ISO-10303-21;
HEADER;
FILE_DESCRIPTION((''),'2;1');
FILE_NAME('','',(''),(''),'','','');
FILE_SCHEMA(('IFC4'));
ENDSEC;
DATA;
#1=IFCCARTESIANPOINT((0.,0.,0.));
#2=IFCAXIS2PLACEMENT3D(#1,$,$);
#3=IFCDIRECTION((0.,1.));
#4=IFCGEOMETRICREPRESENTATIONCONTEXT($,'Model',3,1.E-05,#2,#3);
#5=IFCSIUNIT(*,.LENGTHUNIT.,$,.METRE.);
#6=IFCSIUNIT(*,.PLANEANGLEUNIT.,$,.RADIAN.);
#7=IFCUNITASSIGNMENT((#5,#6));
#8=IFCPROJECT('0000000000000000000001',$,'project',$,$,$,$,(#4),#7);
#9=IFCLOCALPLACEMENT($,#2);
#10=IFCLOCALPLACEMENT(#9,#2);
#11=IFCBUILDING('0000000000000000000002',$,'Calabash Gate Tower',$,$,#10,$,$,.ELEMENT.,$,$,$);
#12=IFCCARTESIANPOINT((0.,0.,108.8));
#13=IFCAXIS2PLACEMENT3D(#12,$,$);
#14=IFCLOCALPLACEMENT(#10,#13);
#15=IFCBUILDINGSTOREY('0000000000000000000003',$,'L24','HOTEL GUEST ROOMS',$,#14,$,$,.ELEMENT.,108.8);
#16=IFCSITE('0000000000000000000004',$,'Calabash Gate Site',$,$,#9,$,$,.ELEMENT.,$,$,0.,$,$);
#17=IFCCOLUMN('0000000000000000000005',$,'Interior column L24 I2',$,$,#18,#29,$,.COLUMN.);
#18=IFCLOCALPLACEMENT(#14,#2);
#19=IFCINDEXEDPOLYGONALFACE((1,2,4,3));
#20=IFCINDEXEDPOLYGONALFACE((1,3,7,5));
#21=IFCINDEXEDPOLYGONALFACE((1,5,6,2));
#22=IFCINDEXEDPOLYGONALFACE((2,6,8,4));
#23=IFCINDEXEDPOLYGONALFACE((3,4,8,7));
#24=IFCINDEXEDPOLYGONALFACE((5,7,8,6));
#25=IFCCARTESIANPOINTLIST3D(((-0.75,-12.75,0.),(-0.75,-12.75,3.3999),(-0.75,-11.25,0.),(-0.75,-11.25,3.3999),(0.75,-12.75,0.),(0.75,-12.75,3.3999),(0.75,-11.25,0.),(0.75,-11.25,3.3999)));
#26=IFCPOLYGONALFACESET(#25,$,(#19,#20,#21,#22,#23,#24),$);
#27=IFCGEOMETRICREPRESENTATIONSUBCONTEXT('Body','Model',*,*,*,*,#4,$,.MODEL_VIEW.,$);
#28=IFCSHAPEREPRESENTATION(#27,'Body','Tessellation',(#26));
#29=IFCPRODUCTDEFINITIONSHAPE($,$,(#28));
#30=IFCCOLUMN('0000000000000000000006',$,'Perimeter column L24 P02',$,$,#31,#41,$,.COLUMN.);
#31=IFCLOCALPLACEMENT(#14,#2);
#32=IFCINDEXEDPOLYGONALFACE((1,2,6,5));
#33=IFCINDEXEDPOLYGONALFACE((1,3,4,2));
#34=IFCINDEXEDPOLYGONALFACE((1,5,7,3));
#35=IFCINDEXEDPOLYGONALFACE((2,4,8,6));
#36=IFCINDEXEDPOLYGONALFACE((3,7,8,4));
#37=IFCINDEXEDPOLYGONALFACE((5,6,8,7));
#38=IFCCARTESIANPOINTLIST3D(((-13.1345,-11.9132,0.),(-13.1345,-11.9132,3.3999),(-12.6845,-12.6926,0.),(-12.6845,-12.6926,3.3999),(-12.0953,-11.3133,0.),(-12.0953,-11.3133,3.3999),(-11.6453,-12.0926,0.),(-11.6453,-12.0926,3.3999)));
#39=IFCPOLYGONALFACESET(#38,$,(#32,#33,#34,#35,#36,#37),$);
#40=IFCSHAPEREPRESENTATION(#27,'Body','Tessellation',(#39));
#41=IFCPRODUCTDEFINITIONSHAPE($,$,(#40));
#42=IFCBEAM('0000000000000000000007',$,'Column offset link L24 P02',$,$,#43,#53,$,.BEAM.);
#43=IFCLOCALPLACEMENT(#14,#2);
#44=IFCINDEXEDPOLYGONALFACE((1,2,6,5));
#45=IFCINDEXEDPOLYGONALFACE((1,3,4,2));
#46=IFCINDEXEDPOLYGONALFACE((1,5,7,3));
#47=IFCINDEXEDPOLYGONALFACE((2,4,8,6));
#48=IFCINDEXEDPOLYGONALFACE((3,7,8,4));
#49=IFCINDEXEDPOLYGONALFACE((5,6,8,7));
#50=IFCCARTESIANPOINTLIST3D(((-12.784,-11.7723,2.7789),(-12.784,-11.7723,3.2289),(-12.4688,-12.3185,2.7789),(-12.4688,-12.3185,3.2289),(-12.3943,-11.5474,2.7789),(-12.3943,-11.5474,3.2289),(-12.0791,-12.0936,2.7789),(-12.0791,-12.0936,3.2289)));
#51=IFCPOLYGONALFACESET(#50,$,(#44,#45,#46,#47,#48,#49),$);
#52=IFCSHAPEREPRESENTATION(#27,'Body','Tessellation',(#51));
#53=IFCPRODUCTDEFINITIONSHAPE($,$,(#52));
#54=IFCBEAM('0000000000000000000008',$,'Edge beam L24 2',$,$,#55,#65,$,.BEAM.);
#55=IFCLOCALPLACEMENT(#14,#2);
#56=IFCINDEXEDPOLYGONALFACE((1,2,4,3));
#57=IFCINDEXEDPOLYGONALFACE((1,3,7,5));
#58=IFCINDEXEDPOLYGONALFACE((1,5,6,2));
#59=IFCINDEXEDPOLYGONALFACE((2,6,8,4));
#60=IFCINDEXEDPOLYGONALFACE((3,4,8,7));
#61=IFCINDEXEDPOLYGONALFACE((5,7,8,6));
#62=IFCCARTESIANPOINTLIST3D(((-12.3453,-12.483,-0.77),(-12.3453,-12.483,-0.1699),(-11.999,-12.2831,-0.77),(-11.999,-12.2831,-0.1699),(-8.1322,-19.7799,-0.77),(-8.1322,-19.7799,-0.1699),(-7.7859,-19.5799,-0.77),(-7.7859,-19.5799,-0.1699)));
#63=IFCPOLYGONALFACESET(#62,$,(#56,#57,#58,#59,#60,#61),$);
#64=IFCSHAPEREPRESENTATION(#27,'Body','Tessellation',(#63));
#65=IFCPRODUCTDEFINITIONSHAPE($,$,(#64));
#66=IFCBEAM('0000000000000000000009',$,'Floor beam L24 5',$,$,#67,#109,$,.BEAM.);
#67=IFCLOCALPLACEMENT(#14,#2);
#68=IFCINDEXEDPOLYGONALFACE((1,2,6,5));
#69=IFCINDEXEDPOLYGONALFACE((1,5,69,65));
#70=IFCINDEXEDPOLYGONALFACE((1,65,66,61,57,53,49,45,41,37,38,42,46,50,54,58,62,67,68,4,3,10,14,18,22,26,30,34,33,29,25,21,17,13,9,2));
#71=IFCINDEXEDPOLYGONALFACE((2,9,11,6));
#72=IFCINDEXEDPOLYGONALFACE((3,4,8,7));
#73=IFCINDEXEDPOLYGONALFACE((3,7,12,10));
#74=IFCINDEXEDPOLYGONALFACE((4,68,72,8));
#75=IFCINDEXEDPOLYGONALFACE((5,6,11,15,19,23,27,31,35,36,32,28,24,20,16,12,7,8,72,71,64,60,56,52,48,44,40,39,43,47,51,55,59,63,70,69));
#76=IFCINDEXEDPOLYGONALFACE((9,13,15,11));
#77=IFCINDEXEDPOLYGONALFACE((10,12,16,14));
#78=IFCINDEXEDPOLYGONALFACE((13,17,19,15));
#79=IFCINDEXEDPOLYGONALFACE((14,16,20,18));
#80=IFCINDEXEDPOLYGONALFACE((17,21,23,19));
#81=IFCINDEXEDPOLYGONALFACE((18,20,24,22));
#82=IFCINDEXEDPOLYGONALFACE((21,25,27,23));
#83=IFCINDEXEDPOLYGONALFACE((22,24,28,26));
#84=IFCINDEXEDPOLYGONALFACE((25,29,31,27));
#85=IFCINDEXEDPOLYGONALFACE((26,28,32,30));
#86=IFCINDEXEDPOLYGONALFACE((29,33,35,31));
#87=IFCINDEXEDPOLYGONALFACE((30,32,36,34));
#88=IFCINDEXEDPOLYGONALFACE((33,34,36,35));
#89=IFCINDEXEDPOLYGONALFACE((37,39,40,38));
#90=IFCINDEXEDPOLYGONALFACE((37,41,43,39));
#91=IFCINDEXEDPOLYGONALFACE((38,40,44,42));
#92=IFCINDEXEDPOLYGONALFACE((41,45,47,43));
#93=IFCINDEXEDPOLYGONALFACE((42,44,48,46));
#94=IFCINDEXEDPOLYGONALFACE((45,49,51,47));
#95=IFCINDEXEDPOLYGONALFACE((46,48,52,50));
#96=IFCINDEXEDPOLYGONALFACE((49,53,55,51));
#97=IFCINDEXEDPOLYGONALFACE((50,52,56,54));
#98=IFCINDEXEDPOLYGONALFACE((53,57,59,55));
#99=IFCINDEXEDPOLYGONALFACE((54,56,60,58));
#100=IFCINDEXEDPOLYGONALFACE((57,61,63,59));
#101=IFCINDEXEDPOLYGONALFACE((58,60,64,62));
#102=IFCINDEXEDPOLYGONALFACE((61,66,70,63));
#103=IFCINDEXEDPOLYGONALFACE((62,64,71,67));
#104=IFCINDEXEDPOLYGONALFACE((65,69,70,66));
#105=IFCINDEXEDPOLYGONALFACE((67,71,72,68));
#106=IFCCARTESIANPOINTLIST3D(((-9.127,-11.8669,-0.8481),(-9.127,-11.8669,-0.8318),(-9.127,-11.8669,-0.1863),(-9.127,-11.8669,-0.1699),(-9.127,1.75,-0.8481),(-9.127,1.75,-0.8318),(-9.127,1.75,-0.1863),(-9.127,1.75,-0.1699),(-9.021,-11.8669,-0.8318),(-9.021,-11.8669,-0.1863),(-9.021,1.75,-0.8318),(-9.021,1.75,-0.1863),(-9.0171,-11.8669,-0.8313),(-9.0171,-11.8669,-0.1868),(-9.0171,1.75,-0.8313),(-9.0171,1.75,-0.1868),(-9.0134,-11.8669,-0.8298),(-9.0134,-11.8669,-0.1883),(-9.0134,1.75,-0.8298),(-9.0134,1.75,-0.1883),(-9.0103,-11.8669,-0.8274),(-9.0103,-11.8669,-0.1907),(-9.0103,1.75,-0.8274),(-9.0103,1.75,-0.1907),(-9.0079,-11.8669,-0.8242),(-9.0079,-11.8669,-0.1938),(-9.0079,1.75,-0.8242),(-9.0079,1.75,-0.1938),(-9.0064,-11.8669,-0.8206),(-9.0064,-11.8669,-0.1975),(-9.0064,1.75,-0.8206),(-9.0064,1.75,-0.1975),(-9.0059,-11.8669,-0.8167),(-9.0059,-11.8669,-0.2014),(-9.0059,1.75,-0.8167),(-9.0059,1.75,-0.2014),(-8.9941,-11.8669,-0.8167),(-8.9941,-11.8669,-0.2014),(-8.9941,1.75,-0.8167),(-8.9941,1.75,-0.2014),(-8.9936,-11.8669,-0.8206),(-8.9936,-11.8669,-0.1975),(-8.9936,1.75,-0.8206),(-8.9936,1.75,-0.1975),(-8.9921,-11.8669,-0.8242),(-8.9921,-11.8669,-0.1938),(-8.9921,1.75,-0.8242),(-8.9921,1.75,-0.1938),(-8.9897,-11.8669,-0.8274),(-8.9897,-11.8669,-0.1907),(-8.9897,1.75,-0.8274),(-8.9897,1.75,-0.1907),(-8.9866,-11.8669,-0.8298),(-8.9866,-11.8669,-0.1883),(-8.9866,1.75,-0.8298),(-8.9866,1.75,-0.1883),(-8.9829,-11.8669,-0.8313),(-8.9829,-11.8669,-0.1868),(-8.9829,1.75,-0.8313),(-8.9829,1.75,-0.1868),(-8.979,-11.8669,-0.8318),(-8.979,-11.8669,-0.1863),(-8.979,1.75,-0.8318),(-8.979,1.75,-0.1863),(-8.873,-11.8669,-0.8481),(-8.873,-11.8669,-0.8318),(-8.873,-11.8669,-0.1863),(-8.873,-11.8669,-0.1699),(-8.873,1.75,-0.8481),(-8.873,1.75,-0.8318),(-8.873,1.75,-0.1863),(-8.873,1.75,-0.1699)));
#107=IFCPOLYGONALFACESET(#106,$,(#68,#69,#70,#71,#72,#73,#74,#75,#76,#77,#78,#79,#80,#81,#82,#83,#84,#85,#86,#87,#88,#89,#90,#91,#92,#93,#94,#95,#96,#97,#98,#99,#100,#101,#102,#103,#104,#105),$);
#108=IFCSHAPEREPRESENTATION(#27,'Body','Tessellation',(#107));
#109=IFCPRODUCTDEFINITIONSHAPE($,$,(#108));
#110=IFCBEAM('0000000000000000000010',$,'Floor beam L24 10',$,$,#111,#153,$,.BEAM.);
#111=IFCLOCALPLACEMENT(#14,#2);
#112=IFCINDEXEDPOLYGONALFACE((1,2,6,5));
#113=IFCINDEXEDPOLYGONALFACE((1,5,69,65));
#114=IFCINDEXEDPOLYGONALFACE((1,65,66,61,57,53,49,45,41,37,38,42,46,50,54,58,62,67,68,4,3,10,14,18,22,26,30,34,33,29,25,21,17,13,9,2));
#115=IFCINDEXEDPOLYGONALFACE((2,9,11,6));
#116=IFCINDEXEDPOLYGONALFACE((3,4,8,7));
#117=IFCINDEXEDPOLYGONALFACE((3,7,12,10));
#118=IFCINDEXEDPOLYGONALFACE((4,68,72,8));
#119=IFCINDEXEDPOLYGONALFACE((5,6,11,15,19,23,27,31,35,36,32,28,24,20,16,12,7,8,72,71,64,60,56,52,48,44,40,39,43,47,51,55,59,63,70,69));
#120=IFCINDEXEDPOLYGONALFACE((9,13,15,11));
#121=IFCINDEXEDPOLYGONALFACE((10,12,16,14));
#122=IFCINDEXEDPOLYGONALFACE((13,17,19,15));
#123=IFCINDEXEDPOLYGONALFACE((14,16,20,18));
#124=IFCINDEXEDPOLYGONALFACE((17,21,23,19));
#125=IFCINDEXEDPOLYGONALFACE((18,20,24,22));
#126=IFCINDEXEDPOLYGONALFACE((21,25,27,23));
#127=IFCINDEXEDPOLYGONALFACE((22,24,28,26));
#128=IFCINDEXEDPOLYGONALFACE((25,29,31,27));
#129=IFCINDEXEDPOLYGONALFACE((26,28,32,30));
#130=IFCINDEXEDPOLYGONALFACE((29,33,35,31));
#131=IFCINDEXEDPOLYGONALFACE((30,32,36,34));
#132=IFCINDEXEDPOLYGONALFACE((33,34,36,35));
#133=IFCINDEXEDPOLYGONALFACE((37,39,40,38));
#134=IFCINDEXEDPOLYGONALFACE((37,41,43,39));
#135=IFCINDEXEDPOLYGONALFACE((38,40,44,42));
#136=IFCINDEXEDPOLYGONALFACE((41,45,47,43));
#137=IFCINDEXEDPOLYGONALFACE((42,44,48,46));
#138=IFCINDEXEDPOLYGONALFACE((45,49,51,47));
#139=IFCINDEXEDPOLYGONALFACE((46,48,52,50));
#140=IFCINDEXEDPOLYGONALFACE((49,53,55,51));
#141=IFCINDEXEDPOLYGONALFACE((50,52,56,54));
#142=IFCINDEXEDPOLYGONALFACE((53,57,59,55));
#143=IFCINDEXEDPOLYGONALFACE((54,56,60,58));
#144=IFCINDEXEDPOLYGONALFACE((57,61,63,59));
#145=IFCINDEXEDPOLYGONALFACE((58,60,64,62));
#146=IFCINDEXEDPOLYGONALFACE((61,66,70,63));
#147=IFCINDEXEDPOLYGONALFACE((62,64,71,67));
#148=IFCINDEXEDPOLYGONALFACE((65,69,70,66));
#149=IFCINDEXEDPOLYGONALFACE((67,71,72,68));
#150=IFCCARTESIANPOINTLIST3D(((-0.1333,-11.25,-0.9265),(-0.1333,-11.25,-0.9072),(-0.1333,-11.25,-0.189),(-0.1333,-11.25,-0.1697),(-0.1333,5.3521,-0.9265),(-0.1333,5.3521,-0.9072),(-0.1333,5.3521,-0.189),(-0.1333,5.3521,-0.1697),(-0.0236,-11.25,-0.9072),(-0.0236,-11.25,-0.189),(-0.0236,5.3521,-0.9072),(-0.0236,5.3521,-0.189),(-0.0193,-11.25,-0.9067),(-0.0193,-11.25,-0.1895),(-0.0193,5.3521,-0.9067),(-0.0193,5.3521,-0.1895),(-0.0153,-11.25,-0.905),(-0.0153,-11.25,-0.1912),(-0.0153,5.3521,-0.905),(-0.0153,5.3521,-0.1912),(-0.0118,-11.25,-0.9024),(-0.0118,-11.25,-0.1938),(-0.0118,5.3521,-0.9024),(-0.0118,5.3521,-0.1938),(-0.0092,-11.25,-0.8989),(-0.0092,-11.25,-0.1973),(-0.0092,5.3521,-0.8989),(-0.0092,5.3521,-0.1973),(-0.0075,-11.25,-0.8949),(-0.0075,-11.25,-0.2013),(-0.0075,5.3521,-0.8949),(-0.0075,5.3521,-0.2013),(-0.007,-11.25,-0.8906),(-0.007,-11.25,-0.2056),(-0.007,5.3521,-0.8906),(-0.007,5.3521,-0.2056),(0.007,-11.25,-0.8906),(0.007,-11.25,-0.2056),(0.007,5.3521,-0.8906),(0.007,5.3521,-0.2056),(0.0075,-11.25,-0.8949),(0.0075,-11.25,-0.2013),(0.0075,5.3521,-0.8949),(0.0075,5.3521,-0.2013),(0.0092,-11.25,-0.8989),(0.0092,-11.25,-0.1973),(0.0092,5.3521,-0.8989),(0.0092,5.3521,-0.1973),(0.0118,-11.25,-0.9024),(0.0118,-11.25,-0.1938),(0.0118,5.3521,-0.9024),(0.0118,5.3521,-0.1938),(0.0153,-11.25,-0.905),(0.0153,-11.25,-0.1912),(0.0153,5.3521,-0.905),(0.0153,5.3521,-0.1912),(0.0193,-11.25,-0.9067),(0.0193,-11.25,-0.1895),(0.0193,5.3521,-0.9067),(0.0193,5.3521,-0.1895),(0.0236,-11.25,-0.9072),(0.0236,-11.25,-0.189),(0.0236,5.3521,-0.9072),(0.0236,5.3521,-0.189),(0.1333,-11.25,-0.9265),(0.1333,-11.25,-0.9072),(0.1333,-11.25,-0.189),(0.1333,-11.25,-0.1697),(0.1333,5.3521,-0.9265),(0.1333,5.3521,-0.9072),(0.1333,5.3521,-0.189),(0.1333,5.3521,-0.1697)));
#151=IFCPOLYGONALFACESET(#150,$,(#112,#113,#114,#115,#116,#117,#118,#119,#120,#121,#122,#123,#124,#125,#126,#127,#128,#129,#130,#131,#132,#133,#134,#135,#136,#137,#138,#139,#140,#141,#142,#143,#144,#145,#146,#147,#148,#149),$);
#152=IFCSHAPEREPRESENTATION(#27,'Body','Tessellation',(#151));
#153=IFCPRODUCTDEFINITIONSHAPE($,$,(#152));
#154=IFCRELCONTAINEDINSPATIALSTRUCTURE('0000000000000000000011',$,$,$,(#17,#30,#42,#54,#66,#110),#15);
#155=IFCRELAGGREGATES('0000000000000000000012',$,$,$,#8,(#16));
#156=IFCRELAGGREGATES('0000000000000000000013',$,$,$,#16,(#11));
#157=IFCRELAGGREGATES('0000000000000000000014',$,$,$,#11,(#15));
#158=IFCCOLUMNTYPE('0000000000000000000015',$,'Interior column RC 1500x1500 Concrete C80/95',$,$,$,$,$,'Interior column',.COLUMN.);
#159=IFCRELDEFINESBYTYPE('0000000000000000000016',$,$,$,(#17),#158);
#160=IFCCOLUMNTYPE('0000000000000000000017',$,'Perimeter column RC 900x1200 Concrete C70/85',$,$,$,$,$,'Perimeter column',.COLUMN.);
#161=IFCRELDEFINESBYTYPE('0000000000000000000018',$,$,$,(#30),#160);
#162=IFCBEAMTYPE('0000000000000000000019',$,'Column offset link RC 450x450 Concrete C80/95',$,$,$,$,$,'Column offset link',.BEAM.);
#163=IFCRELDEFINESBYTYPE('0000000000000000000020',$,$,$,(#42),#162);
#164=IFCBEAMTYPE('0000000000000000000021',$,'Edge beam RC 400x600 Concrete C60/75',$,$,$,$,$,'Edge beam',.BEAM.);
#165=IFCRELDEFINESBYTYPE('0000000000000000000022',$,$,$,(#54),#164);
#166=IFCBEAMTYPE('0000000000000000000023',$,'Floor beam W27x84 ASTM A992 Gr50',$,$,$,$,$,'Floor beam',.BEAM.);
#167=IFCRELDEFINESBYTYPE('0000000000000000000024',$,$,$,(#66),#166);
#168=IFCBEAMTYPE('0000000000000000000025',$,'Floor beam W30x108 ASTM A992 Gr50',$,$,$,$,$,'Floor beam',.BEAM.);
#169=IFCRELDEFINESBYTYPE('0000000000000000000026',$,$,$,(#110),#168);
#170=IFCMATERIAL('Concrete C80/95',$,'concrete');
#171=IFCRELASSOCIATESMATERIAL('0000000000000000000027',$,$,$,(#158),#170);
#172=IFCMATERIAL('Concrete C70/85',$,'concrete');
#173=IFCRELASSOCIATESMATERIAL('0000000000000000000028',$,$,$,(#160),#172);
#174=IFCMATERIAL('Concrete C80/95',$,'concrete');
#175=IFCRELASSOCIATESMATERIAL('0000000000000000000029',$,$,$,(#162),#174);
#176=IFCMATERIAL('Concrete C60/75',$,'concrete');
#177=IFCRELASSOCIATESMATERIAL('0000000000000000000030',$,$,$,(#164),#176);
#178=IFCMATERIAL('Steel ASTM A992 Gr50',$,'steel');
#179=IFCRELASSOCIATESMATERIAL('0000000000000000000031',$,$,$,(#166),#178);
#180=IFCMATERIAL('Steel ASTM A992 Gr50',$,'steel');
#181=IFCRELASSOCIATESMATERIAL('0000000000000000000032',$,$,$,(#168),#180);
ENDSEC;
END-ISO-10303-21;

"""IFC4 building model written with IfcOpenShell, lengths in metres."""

from ifc_helpers import new_model, si_unit, direction, frame, origin, origin_2d, place, context, subcontext, project, spatial, rectangle, i_section, extrude, material, material_profile, profile_set, type_object, element, save


model = new_model("IFC4")

# Units and contexts
model_context = context("Model", 3, precision=1e-05, world=origin(), true_north=direction((0.0, 1.0)))
body_context = subcontext(model_context, "Body", "Model", "MODEL_VIEW")
ifc_project = project(units=[si_unit("LENGTHUNIT", "METRE"), si_unit("PLANEANGLEUNIT", "RADIAN")], contexts=[model_context])

# Site, building, storey
site_placement = place(None, origin())
site = spatial("IfcSite", under=ifc_project, at=site_placement, Name="Calabash Gate Site", CompositionType="ELEMENT", RefElevation=0.0)
building_placement = place(site_placement, origin())
building = spatial("IfcBuilding", under=site, at=building_placement, Name="Calabash Gate Tower", CompositionType="ELEMENT")
storey_placement = place(building_placement, frame((0.0, 0.0, 108.8)))
storey = spatial("IfcBuildingStorey", under=building, at=storey_placement, Name="L24", Description="HOTEL GUEST ROOMS", CompositionType="ELEMENT", Elevation=108.8)

# Columns
ifc_material_1 = material(Name="Concrete C80/95", Category="concrete")
ifc_material_profile_1 = material_profile(ifc_material_1, rectangle(XDim=1.5, YDim=1.5, at=origin_2d()))
ifc_profile_set_1 = profile_set([ifc_material_profile_1], Name="Concrete C80/95")
column_type_1 = type_object("IfcColumnType", Name="Interior column RC 1500x1500 Concrete C80/95", ElementType="Interior column", PredefinedType="COLUMN", material=ifc_profile_set_1)
column_1_placement = place(storey_placement, frame((0.0, -12.0, 0.0), z_axis=(0.0, 0.0, 1.0), x_axis=(1.0, 0.0, 0.0)))
element("IfcColumn", 1, at=column_1_placement, inside=storey, type_object=column_type_1, Name="Interior column L24 I2", PredefinedType="COLUMN", context=body_context, shape_type="SweptSolid", body=[
    extrude(rectangle(XDim=1.5, YDim=1.5, at=origin_2d()), origin(), (0.0, 0.0, 1.0), 3.3999),
])
ifc_material_2 = material(Name="Concrete C70/85", Category="concrete")
ifc_material_profile_2 = material_profile(ifc_material_2, rectangle(XDim=0.8999, YDim=1.2, at=origin_2d()))
ifc_profile_set_2 = profile_set([ifc_material_profile_2], Name="Concrete C70/85")
column_type_2 = type_object("IfcColumnType", Name="Perimeter column RC 900x1200 Concrete C70/85", ElementType="Perimeter column", PredefinedType="COLUMN", material=ifc_profile_set_2)
column_2_placement = place(storey_placement, frame((-12.3899, -12.0029, 0.0), z_axis=(0.0, 0.0, 1.0), x_axis=(0.5, -0.866025, 0.0)))
element("IfcColumn", 2, at=column_2_placement, inside=storey, type_object=column_type_2, Name="Perimeter column L24 P02", PredefinedType="COLUMN", context=body_context, shape_type="SweptSolid", body=[
    extrude(rectangle(XDim=0.8999, YDim=1.2, at=origin_2d()), origin(), (0.0, 0.0, 1.0), 3.3999),
])

# Beams
ifc_material_3 = material(Name="Concrete C80/95", Category="concrete")
ifc_material_profile_3 = material_profile(ifc_material_3, rectangle(XDim=0.45, YDim=0.45, at=origin_2d()))
ifc_profile_set_3 = profile_set([ifc_material_profile_3], Name="Concrete C80/95")
beam_type_1 = type_object("IfcBeamType", Name="Column offset link RC 450x450 Concrete C80/95", ElementType="Column offset link", PredefinedType="BEAM", material=ifc_profile_set_3)
beam_1_placement = place(storey_placement, frame((-12.2739, -12.2061, 3.0039), z_axis=(-0.499845, 0.866115, 0.0), x_axis=(-0.866115, -0.499845, 0.0)))
element("IfcBeam", 3, at=beam_1_placement, inside=storey, type_object=beam_type_1, Name="Column offset link L24 P02", PredefinedType="BEAM", context=body_context, shape_type="SweptSolid", body=[
    extrude(rectangle(XDim=0.45, YDim=0.45, at=origin_2d()), origin(), (0.0, 0.0, 1.0), 0.6306),
])
ifc_material_4 = material(Name="Concrete C60/75", Category="concrete")
ifc_material_profile_4 = material_profile(ifc_material_4, rectangle(XDim=0.3999, YDim=0.6001, at=origin_2d()))
ifc_profile_set_4 = profile_set([ifc_material_profile_4], Name="Concrete C60/75")
beam_type_2 = type_object("IfcBeamType", Name="Edge beam RC 400x600 Concrete C60/75", ElementType="Edge beam", PredefinedType="BEAM", material=ifc_profile_set_4)
beam_2_placement = place(storey_placement, frame((-12.1721, -12.3831, -0.47), z_axis=(0.500025, -0.866011, 0.0), x_axis=(0.866011, 0.500025, 0.0)))
element("IfcBeam", 4, at=beam_2_placement, inside=storey, type_object=beam_type_2, Name="Edge beam L24 2", PredefinedType="BEAM", context=body_context, shape_type="SweptSolid", body=[
    extrude(rectangle(XDim=0.3999, YDim=0.6001, at=origin_2d()), origin(), (0.0, 0.0, 1.0), 8.4258),
])
ifc_material_5 = material(Name="Steel ASTM A992 Gr50", Category="steel")
ifc_material_profile_5 = material_profile(ifc_material_5, i_section(OverallWidth=0.2539, OverallDepth=0.6782, WebThickness=0.0117, FlangeThickness=0.0164, FilletRadius=0.0151, at=origin_2d()))
ifc_profile_set_5 = profile_set([ifc_material_profile_5], Name="Steel ASTM A992 Gr50")
beam_type_3 = type_object("IfcBeamType", Name="Floor beam W27x84 ASTM A992 Gr50", ElementType="Floor beam", PredefinedType="BEAM", material=ifc_profile_set_5)
beam_3_placement = place(storey_placement, frame((-9.0, -11.8669, -0.509), z_axis=(0.0, 1.0, 0.0), x_axis=(-1.0, 0.0, 0.0)))
element("IfcBeam", 5, at=beam_3_placement, inside=storey, type_object=beam_type_3, Name="Floor beam L24 5", PredefinedType="BEAM", context=body_context, shape_type="SweptSolid", body=[
    extrude(i_section(OverallWidth=0.2539, OverallDepth=0.6782, WebThickness=0.0117, FlangeThickness=0.0164, FilletRadius=0.0151, at=origin_2d()), origin(), (0.0, 0.0, 1.0), 13.6169),
])
ifc_material_6 = material(Name="Steel ASTM A992 Gr50", Category="steel")
ifc_material_profile_6 = material_profile(ifc_material_6, i_section(OverallWidth=0.2666, OverallDepth=0.7568, WebThickness=0.0139, FlangeThickness=0.0193, FilletRadius=0.0166, at=origin_2d()))
ifc_profile_set_6 = profile_set([ifc_material_profile_6], Name="Steel ASTM A992 Gr50")
beam_type_4 = type_object("IfcBeamType", Name="Floor beam W30x108 ASTM A992 Gr50", ElementType="Floor beam", PredefinedType="BEAM", material=ifc_profile_set_6)
beam_4_placement = place(storey_placement, frame((0.0, -11.25, -0.5481), z_axis=(0.0, 1.0, 0.0), x_axis=(-1.0, 0.0, 0.0)))
element("IfcBeam", 6, at=beam_4_placement, inside=storey, type_object=beam_type_4, Name="Floor beam L24 10", PredefinedType="BEAM", context=body_context, shape_type="SweptSolid", body=[
    extrude(i_section(OverallWidth=0.2666, OverallDepth=0.7568, WebThickness=0.0139, FlangeThickness=0.0193, FilletRadius=0.0166, at=origin_2d()), origin(), (0.0, 0.0, 1.0), 16.6021),
])

save(model, "model.ifc")
